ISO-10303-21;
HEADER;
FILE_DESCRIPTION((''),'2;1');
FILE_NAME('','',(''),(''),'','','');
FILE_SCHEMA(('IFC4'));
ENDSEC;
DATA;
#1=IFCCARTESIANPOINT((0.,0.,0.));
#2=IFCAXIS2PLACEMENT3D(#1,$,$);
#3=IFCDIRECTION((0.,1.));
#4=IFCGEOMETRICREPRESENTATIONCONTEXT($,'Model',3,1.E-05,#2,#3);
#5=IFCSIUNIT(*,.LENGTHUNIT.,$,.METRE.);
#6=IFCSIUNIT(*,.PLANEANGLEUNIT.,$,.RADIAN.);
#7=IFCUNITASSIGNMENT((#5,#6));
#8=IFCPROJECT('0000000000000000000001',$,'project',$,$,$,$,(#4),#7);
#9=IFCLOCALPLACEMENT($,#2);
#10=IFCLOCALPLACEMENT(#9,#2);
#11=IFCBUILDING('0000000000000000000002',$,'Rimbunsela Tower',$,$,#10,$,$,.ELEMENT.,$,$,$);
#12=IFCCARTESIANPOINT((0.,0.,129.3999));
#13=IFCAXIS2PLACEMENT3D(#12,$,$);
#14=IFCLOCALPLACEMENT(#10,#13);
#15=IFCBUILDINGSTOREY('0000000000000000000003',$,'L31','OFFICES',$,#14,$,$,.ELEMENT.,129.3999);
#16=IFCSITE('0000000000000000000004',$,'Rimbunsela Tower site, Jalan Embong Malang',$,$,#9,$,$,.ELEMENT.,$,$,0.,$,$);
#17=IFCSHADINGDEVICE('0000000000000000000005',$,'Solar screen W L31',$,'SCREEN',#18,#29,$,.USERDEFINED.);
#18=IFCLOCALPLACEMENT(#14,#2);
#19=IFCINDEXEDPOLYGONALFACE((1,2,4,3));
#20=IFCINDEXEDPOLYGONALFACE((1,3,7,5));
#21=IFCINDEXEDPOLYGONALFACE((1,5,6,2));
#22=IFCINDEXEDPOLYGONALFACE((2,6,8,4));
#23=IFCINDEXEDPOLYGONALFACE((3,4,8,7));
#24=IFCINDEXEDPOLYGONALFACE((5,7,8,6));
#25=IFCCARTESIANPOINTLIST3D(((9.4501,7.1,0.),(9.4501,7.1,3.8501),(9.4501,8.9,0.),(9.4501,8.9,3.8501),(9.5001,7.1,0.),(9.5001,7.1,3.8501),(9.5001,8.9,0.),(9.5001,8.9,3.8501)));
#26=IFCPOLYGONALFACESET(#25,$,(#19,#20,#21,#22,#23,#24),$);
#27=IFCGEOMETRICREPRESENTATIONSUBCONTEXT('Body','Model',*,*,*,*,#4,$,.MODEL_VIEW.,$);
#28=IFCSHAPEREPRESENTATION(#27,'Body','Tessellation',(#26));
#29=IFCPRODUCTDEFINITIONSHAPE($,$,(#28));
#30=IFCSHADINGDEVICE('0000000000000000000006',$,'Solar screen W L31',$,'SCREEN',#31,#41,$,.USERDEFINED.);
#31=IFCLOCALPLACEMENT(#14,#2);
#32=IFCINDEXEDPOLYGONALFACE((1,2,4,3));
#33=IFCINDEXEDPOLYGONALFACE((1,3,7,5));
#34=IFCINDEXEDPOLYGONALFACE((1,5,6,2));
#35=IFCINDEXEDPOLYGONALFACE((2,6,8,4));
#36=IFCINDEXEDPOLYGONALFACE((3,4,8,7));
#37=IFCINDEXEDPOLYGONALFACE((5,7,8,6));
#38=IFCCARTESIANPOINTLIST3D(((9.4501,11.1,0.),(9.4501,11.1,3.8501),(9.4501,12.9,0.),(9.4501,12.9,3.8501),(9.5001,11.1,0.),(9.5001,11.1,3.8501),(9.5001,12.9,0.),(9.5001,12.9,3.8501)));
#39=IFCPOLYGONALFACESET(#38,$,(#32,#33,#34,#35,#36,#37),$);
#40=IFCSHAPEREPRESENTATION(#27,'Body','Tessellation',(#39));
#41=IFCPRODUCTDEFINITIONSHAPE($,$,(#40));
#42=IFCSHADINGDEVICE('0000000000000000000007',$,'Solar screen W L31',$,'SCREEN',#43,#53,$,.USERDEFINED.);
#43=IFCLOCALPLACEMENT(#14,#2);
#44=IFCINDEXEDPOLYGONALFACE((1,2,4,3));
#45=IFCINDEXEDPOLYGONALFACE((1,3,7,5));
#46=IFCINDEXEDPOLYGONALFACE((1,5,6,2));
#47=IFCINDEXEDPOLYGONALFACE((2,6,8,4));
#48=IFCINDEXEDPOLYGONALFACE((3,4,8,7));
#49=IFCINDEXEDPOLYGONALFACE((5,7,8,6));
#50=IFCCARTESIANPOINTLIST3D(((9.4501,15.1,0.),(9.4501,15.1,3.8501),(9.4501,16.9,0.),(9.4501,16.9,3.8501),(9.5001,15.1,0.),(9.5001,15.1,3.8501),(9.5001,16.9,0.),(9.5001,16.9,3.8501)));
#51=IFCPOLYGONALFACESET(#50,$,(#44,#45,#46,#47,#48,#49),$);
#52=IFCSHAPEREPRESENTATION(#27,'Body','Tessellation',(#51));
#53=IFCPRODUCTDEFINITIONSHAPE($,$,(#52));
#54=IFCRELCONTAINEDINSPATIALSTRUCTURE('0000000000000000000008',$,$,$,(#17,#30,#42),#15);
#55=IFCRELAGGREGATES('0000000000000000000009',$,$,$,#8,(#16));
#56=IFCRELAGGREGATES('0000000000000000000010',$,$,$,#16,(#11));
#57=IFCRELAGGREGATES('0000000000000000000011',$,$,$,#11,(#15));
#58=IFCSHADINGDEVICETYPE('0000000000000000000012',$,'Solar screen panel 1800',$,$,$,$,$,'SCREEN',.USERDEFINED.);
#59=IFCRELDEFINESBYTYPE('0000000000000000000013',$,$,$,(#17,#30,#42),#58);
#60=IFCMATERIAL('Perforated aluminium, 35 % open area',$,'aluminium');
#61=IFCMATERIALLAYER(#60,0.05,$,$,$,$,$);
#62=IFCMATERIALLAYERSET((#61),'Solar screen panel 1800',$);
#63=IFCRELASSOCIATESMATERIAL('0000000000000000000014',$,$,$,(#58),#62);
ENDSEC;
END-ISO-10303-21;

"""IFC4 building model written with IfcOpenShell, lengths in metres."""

from ifc_helpers import new_model, si_unit, direction, frame, origin, origin_2d, place, context, subcontext, project, spatial, rectangle, extrude, material, layer, layer_set, type_object, element, save


model = new_model("IFC4")

# Units and contexts
model_context = context("Model", 3, precision=1e-05, world=origin(), true_north=direction((0.0, 1.0)))
body_context = subcontext(model_context, "Body", "Model", "MODEL_VIEW")
ifc_project = project(units=[si_unit("LENGTHUNIT", "METRE"), si_unit("PLANEANGLEUNIT", "RADIAN")], contexts=[model_context])

# Site, building, storey
site_placement = place(None, origin())
site = spatial("IfcSite", under=ifc_project, at=site_placement, Name="Rimbunsela Tower site, Jalan Embong Malang", CompositionType="ELEMENT", RefElevation=0.0)
building_placement = place(site_placement, origin())
building = spatial("IfcBuilding", under=site, at=building_placement, Name="Rimbunsela Tower", CompositionType="ELEMENT")
storey_placement = place(building_placement, frame((0.0, 0.0, 129.3999)))
storey = spatial("IfcBuildingStorey", under=building, at=storey_placement, Name="L31", Description="OFFICES", CompositionType="ELEMENT", Elevation=129.3999)

# Shading devices
ifc_material_1 = material(Name="Perforated aluminium, 35 % open area", Category="aluminium")
ifc_layer_1 = layer(ifc_material_1, 0.05)
ifc_layer_set_1 = layer_set([ifc_layer_1], Name="Solar screen panel 1800")
shading_device_type = type_object("IfcShadingDeviceType", Name="Solar screen panel 1800", ElementType="SCREEN", PredefinedType="USERDEFINED", material=ifc_layer_set_1)
for number, where, z_axis, x_axis, name in (
    (1, (9.4751, 8.0, 0.0), (0.0, 0.0, 1.0), (0.0, 1.0, 0.0), "Solar screen W L31"),
    (2, (9.4751, 12.0, 0.0), (0.0, 0.0, 1.0), (0.0, 1.0, 0.0), "Solar screen W L31"),
    (3, (9.4751, 16.0, 0.0), (0.0, 0.0, 1.0), (0.0, 1.0, 0.0), "Solar screen W L31"),
):
    element("IfcShadingDevice", number, at=place(storey_placement, frame(where, z_axis=z_axis, x_axis=x_axis)), inside=storey, type_object=shading_device_type, Name=name, ObjectType="SCREEN", PredefinedType="USERDEFINED", context=body_context, shape_type="SweptSolid", body=[
        extrude(rectangle(XDim=1.8, YDim=0.05, at=origin_2d()), origin(), (0.0, 0.0, 1.0), 3.8501),
    ])

save(model, "model.ifc")
